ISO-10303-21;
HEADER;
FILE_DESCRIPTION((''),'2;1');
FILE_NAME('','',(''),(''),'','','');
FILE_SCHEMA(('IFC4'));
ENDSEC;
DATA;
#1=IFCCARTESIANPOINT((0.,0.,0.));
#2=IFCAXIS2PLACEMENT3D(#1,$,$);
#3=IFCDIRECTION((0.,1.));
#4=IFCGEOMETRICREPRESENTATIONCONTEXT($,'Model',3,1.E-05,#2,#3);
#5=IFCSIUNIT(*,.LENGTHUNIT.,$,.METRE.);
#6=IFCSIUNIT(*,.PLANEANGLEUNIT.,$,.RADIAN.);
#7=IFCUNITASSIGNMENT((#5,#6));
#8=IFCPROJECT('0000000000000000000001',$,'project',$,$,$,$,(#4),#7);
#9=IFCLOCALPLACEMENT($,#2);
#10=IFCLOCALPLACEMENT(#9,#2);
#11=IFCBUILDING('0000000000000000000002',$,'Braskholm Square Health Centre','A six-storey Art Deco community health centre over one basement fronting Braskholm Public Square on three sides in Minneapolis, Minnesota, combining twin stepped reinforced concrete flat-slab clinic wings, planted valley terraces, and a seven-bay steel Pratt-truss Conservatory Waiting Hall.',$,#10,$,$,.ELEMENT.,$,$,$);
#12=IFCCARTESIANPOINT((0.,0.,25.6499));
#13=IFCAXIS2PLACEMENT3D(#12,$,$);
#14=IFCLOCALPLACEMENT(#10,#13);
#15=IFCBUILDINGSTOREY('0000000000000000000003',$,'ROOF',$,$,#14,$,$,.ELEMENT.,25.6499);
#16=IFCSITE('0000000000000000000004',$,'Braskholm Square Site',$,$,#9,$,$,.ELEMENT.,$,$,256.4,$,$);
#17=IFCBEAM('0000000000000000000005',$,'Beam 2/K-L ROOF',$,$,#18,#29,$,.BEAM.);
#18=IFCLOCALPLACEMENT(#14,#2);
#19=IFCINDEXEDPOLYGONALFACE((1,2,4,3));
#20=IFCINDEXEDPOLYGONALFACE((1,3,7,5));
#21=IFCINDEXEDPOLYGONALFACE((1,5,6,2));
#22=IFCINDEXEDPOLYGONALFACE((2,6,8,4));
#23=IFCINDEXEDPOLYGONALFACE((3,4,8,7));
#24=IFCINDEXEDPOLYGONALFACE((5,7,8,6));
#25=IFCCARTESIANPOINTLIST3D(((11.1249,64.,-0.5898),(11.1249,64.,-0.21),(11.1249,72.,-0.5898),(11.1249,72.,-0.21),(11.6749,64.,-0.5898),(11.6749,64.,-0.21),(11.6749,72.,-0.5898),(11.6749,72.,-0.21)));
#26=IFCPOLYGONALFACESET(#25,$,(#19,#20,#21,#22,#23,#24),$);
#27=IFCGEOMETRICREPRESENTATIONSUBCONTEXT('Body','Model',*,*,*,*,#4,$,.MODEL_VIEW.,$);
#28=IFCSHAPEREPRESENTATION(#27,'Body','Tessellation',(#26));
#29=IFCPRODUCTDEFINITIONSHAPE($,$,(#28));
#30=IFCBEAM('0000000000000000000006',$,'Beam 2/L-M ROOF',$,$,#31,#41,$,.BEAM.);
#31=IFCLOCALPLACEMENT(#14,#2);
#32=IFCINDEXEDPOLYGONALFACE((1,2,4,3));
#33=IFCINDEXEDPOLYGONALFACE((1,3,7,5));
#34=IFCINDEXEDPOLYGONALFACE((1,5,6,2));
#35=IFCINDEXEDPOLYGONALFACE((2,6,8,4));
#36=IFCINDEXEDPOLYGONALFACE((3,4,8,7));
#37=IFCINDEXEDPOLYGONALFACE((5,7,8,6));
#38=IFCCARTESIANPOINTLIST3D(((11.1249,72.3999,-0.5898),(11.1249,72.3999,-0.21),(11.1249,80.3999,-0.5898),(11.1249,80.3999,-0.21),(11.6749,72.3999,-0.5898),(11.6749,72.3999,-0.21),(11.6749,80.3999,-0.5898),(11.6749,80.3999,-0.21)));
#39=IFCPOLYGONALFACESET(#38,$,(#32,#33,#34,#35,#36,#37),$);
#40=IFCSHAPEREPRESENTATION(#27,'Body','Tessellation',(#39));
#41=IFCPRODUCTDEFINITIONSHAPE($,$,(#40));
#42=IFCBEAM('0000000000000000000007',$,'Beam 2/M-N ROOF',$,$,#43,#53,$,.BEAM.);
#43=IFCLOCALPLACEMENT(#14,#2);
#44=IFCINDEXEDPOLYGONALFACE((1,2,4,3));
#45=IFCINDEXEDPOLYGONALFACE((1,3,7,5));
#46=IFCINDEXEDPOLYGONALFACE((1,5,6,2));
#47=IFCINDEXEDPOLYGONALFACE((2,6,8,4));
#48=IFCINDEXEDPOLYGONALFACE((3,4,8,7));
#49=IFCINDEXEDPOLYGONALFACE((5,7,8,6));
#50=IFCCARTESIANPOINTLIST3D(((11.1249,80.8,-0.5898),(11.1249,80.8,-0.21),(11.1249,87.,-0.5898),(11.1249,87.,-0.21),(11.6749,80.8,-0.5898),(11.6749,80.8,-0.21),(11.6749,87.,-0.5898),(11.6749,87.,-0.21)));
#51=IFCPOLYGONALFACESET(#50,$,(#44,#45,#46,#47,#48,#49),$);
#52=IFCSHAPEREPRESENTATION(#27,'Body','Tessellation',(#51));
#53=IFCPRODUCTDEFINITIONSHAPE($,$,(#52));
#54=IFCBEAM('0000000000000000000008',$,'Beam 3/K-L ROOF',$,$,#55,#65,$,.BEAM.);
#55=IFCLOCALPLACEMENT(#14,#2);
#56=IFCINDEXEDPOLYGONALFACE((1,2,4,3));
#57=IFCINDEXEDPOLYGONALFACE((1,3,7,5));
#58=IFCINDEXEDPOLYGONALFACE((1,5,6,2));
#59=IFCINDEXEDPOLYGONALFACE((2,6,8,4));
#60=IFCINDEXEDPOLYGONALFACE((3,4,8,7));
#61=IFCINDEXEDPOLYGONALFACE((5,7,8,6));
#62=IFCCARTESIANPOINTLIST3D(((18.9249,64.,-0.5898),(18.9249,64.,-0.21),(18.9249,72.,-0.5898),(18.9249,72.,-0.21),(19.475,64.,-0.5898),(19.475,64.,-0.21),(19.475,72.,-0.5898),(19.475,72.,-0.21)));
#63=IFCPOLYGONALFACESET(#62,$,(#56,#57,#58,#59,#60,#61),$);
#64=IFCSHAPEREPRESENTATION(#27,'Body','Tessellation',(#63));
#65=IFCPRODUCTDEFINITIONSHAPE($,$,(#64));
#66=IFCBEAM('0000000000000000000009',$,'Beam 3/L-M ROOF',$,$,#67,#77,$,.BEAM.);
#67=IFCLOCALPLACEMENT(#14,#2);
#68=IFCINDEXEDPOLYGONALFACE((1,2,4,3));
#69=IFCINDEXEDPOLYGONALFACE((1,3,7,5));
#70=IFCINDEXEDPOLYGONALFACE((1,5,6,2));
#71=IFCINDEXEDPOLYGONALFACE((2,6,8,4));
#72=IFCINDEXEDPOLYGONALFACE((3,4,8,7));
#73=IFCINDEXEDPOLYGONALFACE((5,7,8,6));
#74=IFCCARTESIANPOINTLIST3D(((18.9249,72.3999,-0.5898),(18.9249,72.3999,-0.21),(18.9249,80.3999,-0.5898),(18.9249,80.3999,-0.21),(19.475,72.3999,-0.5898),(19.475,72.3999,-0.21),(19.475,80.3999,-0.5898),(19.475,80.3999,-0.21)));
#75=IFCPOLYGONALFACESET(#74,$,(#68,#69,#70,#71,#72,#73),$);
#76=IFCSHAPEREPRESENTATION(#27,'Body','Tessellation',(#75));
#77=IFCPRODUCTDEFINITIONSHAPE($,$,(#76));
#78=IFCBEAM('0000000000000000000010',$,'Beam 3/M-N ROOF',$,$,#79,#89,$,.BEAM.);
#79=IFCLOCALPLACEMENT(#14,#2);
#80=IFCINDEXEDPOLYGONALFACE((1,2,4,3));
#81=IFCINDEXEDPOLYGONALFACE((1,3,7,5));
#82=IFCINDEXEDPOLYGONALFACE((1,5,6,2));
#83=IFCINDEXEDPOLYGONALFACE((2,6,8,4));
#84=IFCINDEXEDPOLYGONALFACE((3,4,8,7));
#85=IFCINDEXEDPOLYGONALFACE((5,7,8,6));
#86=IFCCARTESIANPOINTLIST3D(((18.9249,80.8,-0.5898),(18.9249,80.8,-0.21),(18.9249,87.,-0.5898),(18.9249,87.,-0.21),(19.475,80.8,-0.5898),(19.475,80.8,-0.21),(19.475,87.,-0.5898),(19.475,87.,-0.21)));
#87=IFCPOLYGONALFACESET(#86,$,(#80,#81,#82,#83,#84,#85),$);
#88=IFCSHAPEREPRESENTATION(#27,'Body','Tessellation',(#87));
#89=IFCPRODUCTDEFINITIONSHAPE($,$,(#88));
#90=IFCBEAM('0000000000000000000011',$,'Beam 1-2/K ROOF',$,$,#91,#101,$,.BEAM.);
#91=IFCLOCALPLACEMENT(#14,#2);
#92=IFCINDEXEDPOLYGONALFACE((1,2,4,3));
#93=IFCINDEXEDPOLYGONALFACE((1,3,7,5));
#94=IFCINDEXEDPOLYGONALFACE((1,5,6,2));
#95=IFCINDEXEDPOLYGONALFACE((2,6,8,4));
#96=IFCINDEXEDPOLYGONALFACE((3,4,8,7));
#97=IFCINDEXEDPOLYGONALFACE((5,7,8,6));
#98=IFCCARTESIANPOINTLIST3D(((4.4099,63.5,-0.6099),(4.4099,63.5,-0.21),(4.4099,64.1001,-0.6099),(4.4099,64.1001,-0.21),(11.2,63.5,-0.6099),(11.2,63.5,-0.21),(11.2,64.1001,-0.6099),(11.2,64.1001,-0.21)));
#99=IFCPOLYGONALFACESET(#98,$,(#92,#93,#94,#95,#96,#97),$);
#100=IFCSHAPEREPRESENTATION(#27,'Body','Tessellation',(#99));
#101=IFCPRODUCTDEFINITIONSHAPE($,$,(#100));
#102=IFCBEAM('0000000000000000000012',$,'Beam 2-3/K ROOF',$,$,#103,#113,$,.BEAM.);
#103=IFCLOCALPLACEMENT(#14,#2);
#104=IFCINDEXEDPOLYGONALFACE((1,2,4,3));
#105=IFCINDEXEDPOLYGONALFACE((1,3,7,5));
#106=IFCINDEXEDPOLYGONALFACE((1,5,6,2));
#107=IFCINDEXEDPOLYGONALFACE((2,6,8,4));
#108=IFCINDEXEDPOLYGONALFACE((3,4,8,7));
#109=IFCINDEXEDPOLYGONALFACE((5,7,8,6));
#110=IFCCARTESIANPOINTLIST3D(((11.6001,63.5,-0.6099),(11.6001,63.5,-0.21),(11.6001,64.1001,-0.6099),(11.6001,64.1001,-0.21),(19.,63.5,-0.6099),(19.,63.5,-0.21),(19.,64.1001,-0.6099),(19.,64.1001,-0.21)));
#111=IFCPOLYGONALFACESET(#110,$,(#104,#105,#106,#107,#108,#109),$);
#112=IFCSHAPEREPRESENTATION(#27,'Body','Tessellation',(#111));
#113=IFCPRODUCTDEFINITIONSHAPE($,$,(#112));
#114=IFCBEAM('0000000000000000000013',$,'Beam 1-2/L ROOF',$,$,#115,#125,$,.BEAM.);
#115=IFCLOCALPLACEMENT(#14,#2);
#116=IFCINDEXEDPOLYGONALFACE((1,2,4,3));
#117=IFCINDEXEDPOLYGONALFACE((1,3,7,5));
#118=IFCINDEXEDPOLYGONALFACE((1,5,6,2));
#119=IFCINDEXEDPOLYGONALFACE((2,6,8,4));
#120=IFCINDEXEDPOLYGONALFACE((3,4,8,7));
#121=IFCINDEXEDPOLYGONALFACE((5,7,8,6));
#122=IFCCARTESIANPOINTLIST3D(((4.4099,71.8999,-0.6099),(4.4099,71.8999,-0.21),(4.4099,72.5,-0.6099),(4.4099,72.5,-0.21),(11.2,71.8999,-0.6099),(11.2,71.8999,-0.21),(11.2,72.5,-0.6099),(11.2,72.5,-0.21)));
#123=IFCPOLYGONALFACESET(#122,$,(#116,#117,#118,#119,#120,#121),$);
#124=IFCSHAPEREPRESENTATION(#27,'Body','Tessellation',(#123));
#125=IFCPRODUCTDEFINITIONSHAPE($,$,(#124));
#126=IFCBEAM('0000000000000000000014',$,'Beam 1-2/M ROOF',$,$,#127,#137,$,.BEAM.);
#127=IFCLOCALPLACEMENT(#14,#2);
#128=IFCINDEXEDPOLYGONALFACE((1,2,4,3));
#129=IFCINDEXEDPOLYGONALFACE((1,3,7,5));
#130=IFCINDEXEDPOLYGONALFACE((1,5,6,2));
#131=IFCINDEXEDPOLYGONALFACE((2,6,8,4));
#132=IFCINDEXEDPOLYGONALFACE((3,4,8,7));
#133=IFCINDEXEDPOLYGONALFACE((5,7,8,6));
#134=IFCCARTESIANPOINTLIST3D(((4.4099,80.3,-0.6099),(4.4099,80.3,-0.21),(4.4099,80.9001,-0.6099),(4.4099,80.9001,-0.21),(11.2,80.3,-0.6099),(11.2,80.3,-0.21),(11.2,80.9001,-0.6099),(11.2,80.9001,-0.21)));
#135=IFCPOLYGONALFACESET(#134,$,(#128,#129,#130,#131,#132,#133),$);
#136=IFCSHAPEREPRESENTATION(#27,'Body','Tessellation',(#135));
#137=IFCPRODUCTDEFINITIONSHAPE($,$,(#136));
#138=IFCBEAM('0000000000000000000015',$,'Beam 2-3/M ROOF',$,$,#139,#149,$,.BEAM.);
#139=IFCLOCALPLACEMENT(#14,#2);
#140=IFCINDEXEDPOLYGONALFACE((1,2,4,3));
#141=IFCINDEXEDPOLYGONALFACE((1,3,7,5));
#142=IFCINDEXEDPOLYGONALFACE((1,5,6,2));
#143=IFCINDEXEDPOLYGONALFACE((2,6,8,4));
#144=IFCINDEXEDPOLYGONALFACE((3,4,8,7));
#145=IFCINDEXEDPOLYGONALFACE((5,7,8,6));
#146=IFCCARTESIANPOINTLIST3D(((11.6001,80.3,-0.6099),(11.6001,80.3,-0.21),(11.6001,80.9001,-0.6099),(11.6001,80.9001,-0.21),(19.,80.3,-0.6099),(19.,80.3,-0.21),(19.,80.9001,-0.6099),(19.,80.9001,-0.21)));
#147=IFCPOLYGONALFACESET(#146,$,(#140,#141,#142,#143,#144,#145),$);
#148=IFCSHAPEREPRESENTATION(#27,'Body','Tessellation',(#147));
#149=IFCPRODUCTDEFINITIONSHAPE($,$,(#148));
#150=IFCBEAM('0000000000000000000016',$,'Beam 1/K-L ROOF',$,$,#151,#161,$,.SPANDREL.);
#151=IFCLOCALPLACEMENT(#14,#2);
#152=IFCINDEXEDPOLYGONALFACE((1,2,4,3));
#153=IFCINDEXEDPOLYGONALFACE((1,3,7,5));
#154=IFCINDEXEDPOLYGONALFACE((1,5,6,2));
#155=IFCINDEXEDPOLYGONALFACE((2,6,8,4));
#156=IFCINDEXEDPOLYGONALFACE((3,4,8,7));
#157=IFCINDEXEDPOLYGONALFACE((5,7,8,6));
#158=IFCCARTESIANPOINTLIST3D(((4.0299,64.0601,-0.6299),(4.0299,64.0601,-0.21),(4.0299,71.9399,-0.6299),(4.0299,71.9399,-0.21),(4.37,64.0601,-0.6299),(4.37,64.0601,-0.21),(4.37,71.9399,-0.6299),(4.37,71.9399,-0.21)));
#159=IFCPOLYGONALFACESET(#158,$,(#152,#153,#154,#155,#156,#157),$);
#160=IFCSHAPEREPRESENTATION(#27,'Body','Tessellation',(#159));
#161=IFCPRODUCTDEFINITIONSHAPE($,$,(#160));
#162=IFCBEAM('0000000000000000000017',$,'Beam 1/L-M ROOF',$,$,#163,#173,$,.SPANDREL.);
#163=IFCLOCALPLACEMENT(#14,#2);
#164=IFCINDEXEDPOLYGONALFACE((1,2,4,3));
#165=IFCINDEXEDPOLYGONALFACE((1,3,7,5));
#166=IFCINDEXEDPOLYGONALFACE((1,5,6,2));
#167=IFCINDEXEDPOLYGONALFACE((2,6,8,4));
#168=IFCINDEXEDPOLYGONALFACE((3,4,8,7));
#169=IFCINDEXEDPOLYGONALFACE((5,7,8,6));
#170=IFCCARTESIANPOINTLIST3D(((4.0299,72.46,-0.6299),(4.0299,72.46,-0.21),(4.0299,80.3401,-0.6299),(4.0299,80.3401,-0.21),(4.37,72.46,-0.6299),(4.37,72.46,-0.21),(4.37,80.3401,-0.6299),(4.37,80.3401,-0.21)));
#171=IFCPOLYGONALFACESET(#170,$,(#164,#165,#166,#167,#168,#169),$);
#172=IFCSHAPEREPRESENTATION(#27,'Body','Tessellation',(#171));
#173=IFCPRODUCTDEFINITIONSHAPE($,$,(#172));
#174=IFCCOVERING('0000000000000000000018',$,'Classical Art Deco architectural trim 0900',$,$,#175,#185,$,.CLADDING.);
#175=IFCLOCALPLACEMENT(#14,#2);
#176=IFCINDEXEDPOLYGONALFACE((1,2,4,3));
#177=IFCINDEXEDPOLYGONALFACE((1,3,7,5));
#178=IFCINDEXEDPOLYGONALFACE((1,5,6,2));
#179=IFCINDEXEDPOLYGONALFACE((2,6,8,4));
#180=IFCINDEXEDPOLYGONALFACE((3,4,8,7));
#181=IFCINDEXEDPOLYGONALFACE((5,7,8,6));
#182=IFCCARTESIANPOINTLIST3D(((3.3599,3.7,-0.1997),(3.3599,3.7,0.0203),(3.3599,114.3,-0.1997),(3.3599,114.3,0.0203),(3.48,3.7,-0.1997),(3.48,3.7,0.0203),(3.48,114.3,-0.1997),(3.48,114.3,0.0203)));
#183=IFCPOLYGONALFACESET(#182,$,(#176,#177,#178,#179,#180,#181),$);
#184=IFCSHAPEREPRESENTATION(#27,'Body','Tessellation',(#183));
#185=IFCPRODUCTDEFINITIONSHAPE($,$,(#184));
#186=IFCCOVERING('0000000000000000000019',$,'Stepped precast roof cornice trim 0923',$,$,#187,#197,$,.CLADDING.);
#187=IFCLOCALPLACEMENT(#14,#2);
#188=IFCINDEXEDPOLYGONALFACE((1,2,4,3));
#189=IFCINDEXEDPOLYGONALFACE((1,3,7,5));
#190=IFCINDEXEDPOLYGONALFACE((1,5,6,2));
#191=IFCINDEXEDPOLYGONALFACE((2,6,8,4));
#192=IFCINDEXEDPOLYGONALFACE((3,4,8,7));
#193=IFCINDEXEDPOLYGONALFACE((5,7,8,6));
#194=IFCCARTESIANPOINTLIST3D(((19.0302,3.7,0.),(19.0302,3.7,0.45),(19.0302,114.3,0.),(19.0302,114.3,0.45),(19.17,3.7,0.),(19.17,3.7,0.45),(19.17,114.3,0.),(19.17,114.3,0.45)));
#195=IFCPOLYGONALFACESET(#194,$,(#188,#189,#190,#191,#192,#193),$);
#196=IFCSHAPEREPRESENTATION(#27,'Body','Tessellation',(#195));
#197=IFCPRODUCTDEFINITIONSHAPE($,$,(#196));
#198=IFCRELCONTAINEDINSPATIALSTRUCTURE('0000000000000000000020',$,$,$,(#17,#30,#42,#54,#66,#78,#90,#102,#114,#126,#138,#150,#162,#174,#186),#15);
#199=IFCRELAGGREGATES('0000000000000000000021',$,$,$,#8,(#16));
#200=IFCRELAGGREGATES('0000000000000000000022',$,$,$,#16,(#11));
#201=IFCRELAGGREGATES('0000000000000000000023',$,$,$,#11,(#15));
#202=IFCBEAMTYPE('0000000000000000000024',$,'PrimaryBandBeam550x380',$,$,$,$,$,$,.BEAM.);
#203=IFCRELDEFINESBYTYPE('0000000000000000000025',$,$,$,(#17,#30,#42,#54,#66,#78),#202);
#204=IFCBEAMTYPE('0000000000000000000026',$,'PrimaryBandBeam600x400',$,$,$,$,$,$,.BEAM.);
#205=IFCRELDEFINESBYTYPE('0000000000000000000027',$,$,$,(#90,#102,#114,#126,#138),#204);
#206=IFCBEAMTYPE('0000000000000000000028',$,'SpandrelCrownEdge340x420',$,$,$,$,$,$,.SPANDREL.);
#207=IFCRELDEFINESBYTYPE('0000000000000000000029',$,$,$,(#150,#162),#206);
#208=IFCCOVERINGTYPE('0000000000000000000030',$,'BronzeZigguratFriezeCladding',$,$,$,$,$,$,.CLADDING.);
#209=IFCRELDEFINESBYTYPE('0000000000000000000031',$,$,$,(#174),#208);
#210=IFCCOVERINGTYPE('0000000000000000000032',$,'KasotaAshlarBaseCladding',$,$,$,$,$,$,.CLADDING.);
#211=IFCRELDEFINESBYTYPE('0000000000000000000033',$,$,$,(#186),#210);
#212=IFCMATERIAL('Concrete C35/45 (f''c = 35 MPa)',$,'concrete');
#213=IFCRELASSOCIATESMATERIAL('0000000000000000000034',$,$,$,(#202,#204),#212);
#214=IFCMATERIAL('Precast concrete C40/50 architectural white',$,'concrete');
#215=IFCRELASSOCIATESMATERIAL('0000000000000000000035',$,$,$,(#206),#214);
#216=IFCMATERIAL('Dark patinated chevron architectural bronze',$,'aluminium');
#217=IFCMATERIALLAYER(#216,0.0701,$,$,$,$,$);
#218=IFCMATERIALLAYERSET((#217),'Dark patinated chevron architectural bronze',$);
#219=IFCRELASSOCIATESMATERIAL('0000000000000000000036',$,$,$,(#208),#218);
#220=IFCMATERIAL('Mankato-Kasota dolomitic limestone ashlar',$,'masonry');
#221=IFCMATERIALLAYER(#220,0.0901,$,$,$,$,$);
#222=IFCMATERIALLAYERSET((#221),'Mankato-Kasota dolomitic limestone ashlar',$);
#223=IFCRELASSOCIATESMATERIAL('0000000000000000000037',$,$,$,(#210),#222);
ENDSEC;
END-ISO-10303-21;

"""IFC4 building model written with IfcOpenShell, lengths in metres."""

from ifc_helpers import new_model, si_unit, direction, frame, origin, origin_2d, place, context, subcontext, project, spatial, rectangle, extrude, material, layer, layer_set, material_profile, profile_set, type_object, element, save


model = new_model("IFC4")

# Units and contexts
model_context = context("Model", 3, precision=1e-05, world=origin(), true_north=direction((0.0, 1.0)))
body_context = subcontext(model_context, "Body", "Model", "MODEL_VIEW")
ifc_project = project(units=[si_unit("LENGTHUNIT", "METRE"), si_unit("PLANEANGLEUNIT", "RADIAN")], contexts=[model_context])

# Site, building, storey
site_placement = place(None, origin())
site = spatial("IfcSite", under=ifc_project, at=site_placement, Name="Braskholm Square Site", CompositionType="ELEMENT", RefElevation=256.4)
building_placement = place(site_placement, origin())
building = spatial("IfcBuilding", under=site, at=building_placement, Name="Braskholm Square Health Centre", Description="A six-storey Art Deco community health centre over one basement fronting Braskholm Public Square on three sides in Minneapolis, Minnesota, combining twin stepped reinforced concrete flat-slab clinic wings, planted valley terraces, and a seven-bay steel Pratt-truss Conservatory Waiting Hall.", CompositionType="ELEMENT")
storey_placement = place(building_placement, frame((0.0, 0.0, 25.6499)))
storey = spatial("IfcBuildingStorey", under=building, at=storey_placement, Name="ROOF", CompositionType="ELEMENT", Elevation=25.6499)

# Beams
ifc_material_1 = material(Name="Concrete C35/45 (f'c = 35 MPa)", Category="concrete")
ifc_material_profile_1 = material_profile(ifc_material_1, rectangle(XDim=0.55, YDim=0.3799, at=origin_2d()), Name="RCB-550X380")
ifc_profile_set_1 = profile_set([ifc_material_profile_1], Name="Concrete C35/45 (f'c = 35 MPa)")
beam_type_1 = type_object("IfcBeamType", Name="PrimaryBandBeam550x380", PredefinedType="BEAM", material=ifc_profile_set_1)
for number, where, z_axis, x_axis, name in (
    (1, (11.3999, 64.0, -0.3999), (0.0, 1.0, 0.0), (-1.0, 0.0, 0.0), "Beam 2/K-L ROOF"),
    (2, (11.3999, 72.3999, -0.3999), (0.0, 1.0, 0.0), (-1.0, 0.0, 0.0), "Beam 2/L-M ROOF"),
):
    element("IfcBeam", number, at=place(storey_placement, frame(where, z_axis=z_axis, x_axis=x_axis)), inside=storey, type_object=beam_type_1, Name=name, PredefinedType="BEAM", context=body_context, shape_type="SweptSolid", body=[
        extrude(rectangle(XDim=0.55, YDim=0.3799, at=origin_2d()), origin(), (0.0, 0.0, 1.0), 8.0),
    ])
beam_1_placement = place(storey_placement, frame((11.3999, 80.8, -0.3999), z_axis=(0.0, 1.0, 0.0), x_axis=(-1.0, 0.0, 0.0)))
element("IfcBeam", 3, at=beam_1_placement, inside=storey, type_object=beam_type_1, Name="Beam 2/M-N ROOF", PredefinedType="BEAM", context=body_context, shape_type="SweptSolid", body=[
    extrude(rectangle(XDim=0.55, YDim=0.3799, at=origin_2d()), origin(), (0.0, 0.0, 1.0), 6.2),
])
for number, where, z_axis, x_axis, name in (
    (4, (19.2, 64.0, -0.3999), (0.0, 1.0, 0.0), (-1.0, 0.0, 0.0), "Beam 3/K-L ROOF"),
    (5, (19.2, 72.3999, -0.3999), (0.0, 1.0, 0.0), (-1.0, 0.0, 0.0), "Beam 3/L-M ROOF"),
):
    element("IfcBeam", number, at=place(storey_placement, frame(where, z_axis=z_axis, x_axis=x_axis)), inside=storey, type_object=beam_type_1, Name=name, PredefinedType="BEAM", context=body_context, shape_type="SweptSolid", body=[
        extrude(rectangle(XDim=0.55, YDim=0.3799, at=origin_2d()), origin(), (0.0, 0.0, 1.0), 8.0),
    ])
beam_2_placement = place(storey_placement, frame((19.2, 80.8, -0.3999), z_axis=(0.0, 1.0, 0.0), x_axis=(-1.0, 0.0, 0.0)))
element("IfcBeam", 6, at=beam_2_placement, inside=storey, type_object=beam_type_1, Name="Beam 3/M-N ROOF", PredefinedType="BEAM", context=body_context, shape_type="SweptSolid", body=[
    extrude(rectangle(XDim=0.55, YDim=0.3799, at=origin_2d()), origin(), (0.0, 0.0, 1.0), 6.2),
])
ifc_material_profile_2 = material_profile(ifc_material_1, rectangle(XDim=0.6001, YDim=0.3999, at=origin_2d()), Name="RCB-600X400")
ifc_profile_set_2 = profile_set([ifc_material_profile_2], Name="Concrete C35/45 (f'c = 35 MPa)")
beam_type_2 = type_object("IfcBeamType", Name="PrimaryBandBeam600x400", PredefinedType="BEAM", material=ifc_profile_set_2)
beam_3_placement = place(storey_placement, frame((4.4099, 63.8, -0.4099), z_axis=(1.0, 0.0, 0.0), x_axis=(0.0, 1.0, 0.0)))
element("IfcBeam", 7, at=beam_3_placement, inside=storey, type_object=beam_type_2, Name="Beam 1-2/K ROOF", PredefinedType="BEAM", context=body_context, shape_type="SweptSolid", body=[
    extrude(rectangle(XDim=0.6001, YDim=0.3999, at=origin_2d()), origin(), (0.0, 0.0, 1.0), 6.79),
])
beam_4_placement = place(storey_placement, frame((11.6001, 63.8, -0.4099), z_axis=(1.0, 0.0, 0.0), x_axis=(0.0, 1.0, 0.0)))
element("IfcBeam", 8, at=beam_4_placement, inside=storey, type_object=beam_type_2, Name="Beam 2-3/K ROOF", PredefinedType="BEAM", context=body_context, shape_type="SweptSolid", body=[
    extrude(rectangle(XDim=0.6001, YDim=0.3999, at=origin_2d()), origin(), (0.0, 0.0, 1.0), 7.3999),
])
for number, where, z_axis, x_axis, name in (
    (9, (4.4099, 72.2, -0.4099), (1.0, 0.0, 0.0), (0.0, 1.0, 0.0), "Beam 1-2/L ROOF"),
    (10, (4.4099, 80.6001, -0.4099), (1.0, 0.0, 0.0), (0.0, 1.0, 0.0), "Beam 1-2/M ROOF"),
):
    element("IfcBeam", number, at=place(storey_placement, frame(where, z_axis=z_axis, x_axis=x_axis)), inside=storey, type_object=beam_type_2, Name=name, PredefinedType="BEAM", context=body_context, shape_type="SweptSolid", body=[
        extrude(rectangle(XDim=0.6001, YDim=0.3999, at=origin_2d()), origin(), (0.0, 0.0, 1.0), 6.79),
    ])
beam_5_placement = place(storey_placement, frame((11.6001, 80.6001, -0.4099), z_axis=(1.0, 0.0, 0.0), x_axis=(0.0, 1.0, 0.0)))
element("IfcBeam", 11, at=beam_5_placement, inside=storey, type_object=beam_type_2, Name="Beam 2-3/M ROOF", PredefinedType="BEAM", context=body_context, shape_type="SweptSolid", body=[
    extrude(rectangle(XDim=0.6001, YDim=0.3999, at=origin_2d()), origin(), (0.0, 0.0, 1.0), 7.3999),
])
ifc_material_2 = material(Name="Precast concrete C40/50 architectural white", Category="concrete")
ifc_material_profile_3 = material_profile(ifc_material_2, rectangle(XDim=0.3401, YDim=0.4199, at=origin_2d()), Name="RCB-340X420")
ifc_profile_set_3 = profile_set([ifc_material_profile_3], Name="Precast concrete C40/50 architectural white")
beam_type_3 = type_object("IfcBeamType", Name="SpandrelCrownEdge340x420", PredefinedType="SPANDREL", material=ifc_profile_set_3)
beam_6_placement = place(storey_placement, frame((4.2, 64.0601, -0.4199), z_axis=(0.0, 1.0, 0.0), x_axis=(-1.0, 0.0, 0.0)))
element("IfcBeam", 12, at=beam_6_placement, inside=storey, type_object=beam_type_3, Name="Beam 1/K-L ROOF", PredefinedType="SPANDREL", context=body_context, shape_type="SweptSolid", body=[
    extrude(rectangle(XDim=0.3401, YDim=0.4199, at=origin_2d()), origin(), (0.0, 0.0, 1.0), 7.8799),
])
beam_7_placement = place(storey_placement, frame((4.2, 72.46, -0.4199), z_axis=(0.0, 1.0, 0.0), x_axis=(-1.0, 0.0, 0.0)))
element("IfcBeam", 13, at=beam_7_placement, inside=storey, type_object=beam_type_3, Name="Beam 1/L-M ROOF", PredefinedType="SPANDREL", context=body_context, shape_type="SweptSolid", body=[
    extrude(rectangle(XDim=0.3401, YDim=0.4199, at=origin_2d()), origin(), (0.0, 0.0, 1.0), 7.8801),
])

# Coverings
ifc_material_3 = material(Name="Dark patinated chevron architectural bronze", Category="aluminium")
ifc_layer_1 = layer(ifc_material_3, 0.0701)
ifc_layer_set_1 = layer_set([ifc_layer_1], Name="Dark patinated chevron architectural bronze")
covering_type_1 = type_object("IfcCoveringType", Name="BronzeZigguratFriezeCladding", PredefinedType="CLADDING", material=ifc_layer_set_1)
covering_1_placement = place(storey_placement, frame((3.4199, 59.0, -0.1997), z_axis=(0.0, 0.0, 1.0), x_axis=(1.0, 0.0, 0.0)))
element("IfcCovering", 14, at=covering_1_placement, inside=storey, type_object=covering_type_1, Name="Classical Art Deco architectural trim 0900", PredefinedType="CLADDING", context=body_context, shape_type="SweptSolid", body=[
    extrude(rectangle(XDim=0.1201, YDim=110.6001, at=origin_2d()), origin(), (0.0, 0.0, 1.0), 0.22),
])
ifc_material_4 = material(Name="Mankato-Kasota dolomitic limestone ashlar", Category="masonry")
ifc_layer_2 = layer(ifc_material_4, 0.0901)
ifc_layer_set_2 = layer_set([ifc_layer_2], Name="Mankato-Kasota dolomitic limestone ashlar")
covering_type_2 = type_object("IfcCoveringType", Name="KasotaAshlarBaseCladding", PredefinedType="CLADDING", material=ifc_layer_set_2)
for number, where, z_axis, x_axis, name in (
    (15, (19.1001, 59.0, 0.0), (0.0, 0.0, 1.0), (0.0, 1.0, 0.0), "Stepped precast roof cornice trim 0923"),
):
    element("IfcCovering", number, at=place(storey_placement, frame(where, z_axis=z_axis, x_axis=x_axis)), inside=storey, type_object=covering_type_2, Name=name, PredefinedType="CLADDING", context=body_context, shape_type="SweptSolid", body=[
        extrude(rectangle(XDim=110.6001, YDim=0.1399, at=origin_2d()), origin(), (0.0, 0.0, 1.0), 0.45),
    ])

save(model, "model.ifc")
